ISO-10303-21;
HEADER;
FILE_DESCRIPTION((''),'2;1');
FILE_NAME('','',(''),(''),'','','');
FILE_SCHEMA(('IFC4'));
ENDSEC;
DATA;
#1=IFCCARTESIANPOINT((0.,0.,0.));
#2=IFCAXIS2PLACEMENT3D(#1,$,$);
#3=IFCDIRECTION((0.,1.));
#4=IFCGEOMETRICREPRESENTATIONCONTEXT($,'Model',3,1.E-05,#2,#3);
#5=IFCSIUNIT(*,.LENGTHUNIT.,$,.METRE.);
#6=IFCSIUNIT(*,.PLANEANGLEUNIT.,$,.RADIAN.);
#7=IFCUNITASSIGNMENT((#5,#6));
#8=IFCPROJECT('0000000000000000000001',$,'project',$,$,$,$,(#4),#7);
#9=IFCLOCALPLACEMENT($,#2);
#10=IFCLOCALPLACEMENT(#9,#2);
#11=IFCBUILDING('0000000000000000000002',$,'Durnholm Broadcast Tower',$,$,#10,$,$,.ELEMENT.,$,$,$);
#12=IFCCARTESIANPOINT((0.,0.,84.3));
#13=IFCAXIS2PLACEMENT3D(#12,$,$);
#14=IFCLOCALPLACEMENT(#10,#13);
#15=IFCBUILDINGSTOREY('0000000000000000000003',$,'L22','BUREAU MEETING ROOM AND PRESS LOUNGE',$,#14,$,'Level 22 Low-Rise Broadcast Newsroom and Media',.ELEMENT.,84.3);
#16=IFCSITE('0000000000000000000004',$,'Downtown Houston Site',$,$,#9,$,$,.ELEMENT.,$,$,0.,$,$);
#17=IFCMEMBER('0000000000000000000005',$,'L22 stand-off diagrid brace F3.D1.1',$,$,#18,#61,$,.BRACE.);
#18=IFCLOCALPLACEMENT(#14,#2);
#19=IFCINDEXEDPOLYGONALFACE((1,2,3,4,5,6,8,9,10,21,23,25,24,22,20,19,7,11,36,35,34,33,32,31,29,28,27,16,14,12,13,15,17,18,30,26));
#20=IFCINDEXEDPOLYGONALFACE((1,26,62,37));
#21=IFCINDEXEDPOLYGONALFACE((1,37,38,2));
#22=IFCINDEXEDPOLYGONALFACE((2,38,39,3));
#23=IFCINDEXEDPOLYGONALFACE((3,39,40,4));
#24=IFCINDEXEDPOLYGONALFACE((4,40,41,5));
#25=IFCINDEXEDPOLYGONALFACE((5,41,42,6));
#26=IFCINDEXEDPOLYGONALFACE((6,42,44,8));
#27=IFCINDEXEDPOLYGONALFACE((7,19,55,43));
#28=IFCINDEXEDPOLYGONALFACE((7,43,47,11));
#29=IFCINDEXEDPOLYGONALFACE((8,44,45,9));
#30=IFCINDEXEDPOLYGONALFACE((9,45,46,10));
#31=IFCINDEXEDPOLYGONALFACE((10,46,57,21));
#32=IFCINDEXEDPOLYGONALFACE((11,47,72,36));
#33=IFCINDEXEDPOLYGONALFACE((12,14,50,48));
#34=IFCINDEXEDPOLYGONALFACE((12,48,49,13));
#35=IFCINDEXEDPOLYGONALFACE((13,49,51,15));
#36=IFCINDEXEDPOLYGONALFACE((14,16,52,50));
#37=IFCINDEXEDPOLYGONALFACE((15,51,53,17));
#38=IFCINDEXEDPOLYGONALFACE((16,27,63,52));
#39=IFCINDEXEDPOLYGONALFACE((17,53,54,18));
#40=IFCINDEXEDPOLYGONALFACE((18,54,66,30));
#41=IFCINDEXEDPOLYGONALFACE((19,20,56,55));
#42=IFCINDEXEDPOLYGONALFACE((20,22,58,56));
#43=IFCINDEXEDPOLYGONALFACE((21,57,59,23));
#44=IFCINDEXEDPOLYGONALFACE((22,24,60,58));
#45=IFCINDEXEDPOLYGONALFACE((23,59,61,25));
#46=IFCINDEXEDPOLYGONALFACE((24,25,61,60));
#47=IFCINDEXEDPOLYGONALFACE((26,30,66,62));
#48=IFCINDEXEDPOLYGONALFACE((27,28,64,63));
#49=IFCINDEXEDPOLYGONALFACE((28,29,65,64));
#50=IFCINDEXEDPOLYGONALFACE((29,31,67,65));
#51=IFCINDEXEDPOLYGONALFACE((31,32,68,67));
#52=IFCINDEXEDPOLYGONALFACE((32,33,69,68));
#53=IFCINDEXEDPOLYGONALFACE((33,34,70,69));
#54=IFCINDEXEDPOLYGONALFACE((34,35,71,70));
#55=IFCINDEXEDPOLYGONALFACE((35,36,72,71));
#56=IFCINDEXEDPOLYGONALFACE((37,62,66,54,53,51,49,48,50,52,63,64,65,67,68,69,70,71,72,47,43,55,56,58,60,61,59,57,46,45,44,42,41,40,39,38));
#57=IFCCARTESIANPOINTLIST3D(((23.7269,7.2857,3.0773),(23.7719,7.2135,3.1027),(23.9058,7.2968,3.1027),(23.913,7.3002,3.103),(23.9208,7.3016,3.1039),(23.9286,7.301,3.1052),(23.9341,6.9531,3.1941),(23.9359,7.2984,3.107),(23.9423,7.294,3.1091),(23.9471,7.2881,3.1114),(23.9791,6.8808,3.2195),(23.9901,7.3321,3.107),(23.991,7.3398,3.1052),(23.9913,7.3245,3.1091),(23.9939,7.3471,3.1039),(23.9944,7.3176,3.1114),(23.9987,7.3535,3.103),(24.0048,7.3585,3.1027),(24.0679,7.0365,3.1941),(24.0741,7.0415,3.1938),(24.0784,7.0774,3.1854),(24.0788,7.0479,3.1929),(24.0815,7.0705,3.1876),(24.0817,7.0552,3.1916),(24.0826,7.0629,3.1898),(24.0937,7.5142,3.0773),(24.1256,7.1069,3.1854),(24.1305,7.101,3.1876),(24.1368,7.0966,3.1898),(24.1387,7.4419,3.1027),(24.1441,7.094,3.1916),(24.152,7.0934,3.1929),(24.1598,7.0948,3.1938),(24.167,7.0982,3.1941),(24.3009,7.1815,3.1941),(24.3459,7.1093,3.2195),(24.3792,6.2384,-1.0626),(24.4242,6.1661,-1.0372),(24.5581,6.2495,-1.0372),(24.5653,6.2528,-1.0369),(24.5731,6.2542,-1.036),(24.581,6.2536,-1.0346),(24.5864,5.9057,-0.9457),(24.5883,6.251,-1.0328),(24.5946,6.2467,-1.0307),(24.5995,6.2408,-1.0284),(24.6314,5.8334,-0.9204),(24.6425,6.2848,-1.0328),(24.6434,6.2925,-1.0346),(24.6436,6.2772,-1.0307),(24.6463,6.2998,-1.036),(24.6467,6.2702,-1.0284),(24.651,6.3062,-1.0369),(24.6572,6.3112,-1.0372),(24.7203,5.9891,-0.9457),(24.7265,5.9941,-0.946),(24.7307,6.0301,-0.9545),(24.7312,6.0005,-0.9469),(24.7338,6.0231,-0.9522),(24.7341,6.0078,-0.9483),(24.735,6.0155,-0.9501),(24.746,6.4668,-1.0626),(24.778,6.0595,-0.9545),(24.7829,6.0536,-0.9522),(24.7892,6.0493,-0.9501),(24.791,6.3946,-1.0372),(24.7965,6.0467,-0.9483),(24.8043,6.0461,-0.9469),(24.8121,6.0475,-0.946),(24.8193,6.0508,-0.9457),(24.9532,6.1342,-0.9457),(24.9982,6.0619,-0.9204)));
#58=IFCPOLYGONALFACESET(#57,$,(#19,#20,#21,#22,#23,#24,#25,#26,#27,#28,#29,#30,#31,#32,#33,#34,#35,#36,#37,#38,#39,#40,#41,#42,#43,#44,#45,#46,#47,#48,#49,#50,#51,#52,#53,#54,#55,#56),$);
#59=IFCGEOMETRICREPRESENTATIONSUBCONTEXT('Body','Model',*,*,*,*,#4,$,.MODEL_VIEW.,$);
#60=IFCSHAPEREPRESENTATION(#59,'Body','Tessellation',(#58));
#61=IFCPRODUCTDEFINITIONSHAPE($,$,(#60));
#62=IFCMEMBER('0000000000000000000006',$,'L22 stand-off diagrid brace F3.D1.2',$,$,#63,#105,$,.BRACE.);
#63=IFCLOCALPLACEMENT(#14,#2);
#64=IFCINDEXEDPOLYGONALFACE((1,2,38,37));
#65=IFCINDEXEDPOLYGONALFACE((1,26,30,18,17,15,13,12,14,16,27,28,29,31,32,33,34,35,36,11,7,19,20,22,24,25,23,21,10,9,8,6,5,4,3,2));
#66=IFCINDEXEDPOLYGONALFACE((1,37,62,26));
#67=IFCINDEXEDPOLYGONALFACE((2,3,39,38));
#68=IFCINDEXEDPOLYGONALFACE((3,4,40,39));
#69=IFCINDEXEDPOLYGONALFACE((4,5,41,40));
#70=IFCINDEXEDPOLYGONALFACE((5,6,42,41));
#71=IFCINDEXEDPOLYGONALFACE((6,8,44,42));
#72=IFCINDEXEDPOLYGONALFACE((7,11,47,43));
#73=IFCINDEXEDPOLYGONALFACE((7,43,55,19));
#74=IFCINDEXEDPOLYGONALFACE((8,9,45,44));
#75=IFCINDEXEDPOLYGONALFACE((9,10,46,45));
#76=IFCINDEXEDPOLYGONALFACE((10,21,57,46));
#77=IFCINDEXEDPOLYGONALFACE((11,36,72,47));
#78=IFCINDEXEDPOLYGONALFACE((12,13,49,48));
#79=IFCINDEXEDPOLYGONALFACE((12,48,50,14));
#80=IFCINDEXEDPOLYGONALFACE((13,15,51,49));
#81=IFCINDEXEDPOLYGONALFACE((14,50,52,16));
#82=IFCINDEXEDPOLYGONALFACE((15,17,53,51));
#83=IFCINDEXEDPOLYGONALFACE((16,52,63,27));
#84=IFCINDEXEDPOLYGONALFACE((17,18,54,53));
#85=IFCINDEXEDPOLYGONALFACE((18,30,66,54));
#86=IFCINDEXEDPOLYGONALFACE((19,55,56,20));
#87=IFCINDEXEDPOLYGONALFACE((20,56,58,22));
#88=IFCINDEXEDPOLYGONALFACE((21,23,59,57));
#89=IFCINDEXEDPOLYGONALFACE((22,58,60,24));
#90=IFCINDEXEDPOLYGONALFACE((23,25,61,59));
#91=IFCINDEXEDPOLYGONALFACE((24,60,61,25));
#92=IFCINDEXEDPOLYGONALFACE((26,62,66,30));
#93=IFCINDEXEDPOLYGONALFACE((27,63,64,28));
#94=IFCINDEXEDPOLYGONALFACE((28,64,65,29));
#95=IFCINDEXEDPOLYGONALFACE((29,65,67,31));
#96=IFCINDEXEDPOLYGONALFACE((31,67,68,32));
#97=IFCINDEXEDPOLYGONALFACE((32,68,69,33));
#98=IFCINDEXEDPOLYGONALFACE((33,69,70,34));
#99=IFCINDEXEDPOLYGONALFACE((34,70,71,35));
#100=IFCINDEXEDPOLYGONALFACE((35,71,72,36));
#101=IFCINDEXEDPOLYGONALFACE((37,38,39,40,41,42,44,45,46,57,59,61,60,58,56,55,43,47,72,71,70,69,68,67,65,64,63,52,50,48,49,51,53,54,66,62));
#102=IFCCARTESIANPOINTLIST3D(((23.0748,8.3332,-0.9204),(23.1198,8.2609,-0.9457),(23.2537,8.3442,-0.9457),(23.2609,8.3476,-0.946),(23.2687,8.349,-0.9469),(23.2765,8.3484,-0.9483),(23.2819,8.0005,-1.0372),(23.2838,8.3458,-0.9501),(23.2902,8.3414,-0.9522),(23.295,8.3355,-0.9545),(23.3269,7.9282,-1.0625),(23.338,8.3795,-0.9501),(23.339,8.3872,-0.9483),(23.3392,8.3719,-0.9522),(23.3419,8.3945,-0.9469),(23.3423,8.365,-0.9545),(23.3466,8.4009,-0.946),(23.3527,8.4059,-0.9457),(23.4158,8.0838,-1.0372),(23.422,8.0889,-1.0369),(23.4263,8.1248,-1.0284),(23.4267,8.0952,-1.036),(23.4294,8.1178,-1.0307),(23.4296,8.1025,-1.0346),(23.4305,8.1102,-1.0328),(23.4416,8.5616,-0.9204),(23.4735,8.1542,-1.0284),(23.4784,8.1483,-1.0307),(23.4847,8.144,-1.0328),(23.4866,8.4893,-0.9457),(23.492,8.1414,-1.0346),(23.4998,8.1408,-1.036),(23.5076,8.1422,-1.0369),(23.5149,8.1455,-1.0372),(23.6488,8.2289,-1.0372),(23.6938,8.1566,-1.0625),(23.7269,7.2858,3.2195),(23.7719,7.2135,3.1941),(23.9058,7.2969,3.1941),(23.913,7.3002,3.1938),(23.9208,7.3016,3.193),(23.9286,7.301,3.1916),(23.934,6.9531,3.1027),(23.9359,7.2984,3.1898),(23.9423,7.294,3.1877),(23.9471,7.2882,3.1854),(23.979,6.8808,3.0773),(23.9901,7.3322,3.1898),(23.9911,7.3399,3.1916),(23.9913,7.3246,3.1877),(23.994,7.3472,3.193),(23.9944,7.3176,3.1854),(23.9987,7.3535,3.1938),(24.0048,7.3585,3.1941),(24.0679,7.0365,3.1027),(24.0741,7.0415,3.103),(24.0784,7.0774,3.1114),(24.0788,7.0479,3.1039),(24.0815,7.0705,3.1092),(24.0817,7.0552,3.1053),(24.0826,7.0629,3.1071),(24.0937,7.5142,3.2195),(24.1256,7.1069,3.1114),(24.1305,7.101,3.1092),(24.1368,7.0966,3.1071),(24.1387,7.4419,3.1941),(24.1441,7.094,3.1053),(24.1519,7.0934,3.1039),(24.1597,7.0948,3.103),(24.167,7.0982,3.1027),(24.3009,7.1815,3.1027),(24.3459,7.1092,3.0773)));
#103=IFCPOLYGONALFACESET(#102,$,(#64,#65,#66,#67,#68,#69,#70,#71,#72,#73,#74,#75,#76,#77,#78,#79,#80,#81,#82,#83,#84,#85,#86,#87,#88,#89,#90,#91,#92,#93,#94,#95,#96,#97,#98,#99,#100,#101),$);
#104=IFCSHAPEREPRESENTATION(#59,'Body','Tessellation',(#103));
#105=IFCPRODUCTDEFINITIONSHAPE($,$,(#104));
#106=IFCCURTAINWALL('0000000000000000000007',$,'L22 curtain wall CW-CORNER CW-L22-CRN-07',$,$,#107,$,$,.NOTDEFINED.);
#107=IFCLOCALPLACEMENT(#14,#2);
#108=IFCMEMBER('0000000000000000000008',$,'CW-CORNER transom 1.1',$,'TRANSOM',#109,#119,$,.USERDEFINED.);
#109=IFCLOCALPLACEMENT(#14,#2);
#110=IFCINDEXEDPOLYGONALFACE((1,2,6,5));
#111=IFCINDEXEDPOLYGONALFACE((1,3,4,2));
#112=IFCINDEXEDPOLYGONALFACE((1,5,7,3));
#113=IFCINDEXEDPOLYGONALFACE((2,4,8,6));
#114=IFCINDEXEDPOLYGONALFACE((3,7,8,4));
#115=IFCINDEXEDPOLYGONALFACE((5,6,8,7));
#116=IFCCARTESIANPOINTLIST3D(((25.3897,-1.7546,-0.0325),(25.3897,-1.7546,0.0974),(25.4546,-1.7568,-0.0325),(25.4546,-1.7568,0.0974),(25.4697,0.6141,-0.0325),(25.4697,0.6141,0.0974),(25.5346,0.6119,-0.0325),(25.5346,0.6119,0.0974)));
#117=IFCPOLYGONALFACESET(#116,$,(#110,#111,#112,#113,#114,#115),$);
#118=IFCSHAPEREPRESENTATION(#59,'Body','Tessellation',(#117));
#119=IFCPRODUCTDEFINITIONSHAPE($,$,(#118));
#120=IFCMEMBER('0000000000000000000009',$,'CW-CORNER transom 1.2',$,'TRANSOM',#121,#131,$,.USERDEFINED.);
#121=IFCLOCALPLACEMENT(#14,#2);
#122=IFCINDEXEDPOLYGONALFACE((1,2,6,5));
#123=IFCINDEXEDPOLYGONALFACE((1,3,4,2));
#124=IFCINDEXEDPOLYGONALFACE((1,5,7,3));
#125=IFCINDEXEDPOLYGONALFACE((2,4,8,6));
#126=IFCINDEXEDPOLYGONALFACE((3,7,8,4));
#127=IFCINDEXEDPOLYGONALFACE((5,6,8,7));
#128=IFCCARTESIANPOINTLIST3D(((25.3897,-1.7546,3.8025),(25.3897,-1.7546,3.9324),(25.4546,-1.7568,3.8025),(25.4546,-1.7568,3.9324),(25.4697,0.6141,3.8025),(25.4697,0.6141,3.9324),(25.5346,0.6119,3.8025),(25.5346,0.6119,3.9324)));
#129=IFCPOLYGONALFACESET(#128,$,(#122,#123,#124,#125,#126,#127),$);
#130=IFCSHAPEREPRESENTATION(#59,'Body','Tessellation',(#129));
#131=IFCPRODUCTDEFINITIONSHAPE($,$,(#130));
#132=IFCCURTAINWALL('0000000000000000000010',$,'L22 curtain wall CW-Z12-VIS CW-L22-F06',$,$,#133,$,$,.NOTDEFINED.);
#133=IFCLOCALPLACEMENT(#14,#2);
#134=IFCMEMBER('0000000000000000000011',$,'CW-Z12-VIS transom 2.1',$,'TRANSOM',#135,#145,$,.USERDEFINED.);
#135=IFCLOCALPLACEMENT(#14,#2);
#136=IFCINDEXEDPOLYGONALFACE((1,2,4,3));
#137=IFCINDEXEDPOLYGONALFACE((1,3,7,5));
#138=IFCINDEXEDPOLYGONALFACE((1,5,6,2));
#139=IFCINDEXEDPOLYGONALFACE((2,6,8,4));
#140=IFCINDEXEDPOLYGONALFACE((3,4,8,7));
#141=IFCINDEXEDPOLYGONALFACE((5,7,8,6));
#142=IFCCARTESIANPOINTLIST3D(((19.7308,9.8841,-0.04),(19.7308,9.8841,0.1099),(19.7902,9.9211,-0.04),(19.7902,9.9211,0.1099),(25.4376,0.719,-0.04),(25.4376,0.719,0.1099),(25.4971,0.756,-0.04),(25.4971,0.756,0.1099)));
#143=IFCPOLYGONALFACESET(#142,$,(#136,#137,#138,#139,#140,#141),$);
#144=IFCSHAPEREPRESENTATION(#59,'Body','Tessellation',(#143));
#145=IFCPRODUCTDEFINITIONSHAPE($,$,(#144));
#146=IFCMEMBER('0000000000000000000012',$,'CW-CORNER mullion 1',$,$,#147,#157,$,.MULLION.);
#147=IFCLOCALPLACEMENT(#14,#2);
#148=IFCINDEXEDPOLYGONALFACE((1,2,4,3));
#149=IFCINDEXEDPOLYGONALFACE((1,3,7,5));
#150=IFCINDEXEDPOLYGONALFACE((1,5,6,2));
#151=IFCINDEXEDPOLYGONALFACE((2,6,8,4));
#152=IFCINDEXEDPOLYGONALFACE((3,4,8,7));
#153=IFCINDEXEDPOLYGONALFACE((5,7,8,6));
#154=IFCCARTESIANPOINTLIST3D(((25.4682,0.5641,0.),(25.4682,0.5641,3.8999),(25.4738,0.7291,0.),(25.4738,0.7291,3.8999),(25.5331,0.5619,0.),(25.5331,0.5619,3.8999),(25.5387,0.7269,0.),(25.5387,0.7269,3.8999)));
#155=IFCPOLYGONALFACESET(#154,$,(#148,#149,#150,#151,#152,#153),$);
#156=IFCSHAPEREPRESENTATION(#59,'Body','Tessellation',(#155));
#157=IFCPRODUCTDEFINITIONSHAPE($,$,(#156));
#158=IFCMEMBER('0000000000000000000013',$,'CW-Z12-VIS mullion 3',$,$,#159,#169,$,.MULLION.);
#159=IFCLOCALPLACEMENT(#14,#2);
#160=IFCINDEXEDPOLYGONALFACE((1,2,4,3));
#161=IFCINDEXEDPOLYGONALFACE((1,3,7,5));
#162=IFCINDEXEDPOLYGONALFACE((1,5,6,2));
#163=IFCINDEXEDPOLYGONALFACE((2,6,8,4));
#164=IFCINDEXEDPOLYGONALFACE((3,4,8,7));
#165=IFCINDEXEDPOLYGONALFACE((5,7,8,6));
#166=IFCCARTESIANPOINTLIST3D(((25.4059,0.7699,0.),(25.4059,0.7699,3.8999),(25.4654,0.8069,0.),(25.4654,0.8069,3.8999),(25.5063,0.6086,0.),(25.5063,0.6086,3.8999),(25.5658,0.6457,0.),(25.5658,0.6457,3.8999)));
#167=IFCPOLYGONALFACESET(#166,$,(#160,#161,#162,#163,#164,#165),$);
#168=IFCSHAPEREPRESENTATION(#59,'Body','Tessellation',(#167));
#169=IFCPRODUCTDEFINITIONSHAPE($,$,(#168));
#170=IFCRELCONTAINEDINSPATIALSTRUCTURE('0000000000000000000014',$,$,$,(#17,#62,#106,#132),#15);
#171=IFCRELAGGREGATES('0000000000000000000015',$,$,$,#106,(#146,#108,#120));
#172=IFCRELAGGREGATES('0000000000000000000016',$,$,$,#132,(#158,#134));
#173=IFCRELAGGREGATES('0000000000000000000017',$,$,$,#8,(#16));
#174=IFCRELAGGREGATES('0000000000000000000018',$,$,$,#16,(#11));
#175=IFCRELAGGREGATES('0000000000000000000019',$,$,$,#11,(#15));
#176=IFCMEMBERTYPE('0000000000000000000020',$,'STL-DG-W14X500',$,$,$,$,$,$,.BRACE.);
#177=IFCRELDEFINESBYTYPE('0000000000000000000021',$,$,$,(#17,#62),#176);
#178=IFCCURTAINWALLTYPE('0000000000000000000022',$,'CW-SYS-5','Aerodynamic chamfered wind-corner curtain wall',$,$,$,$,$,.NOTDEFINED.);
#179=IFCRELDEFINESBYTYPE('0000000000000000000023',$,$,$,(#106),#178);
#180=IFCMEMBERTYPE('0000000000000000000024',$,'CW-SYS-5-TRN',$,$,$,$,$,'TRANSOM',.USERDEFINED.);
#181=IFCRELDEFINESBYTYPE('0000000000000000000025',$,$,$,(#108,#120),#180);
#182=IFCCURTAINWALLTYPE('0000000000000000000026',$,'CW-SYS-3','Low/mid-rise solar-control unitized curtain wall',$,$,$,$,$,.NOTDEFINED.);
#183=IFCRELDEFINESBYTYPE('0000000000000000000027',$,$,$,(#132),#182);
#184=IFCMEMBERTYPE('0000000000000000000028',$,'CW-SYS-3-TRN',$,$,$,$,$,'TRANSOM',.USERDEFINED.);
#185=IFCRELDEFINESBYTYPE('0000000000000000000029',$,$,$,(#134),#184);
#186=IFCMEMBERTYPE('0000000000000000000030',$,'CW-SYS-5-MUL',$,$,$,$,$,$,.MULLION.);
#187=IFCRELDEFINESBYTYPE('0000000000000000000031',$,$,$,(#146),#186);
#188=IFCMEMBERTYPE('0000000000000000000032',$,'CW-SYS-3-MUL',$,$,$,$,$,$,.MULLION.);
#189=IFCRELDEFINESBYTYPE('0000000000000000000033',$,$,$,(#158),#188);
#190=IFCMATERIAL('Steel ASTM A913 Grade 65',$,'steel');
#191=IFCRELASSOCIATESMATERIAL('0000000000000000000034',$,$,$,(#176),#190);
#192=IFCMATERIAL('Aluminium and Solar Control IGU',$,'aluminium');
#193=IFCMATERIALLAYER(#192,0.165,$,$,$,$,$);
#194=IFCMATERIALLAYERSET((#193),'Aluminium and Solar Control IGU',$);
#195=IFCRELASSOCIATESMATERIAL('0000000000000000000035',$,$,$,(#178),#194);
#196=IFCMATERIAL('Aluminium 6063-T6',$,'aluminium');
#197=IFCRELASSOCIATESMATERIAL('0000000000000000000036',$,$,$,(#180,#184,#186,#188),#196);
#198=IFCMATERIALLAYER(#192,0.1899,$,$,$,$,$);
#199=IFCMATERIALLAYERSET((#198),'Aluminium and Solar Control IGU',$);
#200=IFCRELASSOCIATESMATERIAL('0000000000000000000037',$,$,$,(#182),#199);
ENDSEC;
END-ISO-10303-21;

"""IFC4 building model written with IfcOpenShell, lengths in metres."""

from ifc_helpers import new_model, si_unit, direction, frame, origin, origin_2d, place, context, subcontext, project, spatial, rectangle, i_section, extrude, source, transform, mapped, material, layer, layer_set, material_profile, profile_set, type_object, type_shapes, element, aggregate, save


model = new_model("IFC4")

# Units and contexts
model_context = context("Model", 3, precision=1e-05, world=origin(), true_north=direction((0.0, 1.0)))
body_context = subcontext(model_context, "Body", "Model", "MODEL_VIEW")
ifc_project = project(units=[si_unit("LENGTHUNIT", "METRE"), si_unit("PLANEANGLEUNIT", "RADIAN")], contexts=[model_context])

# Site, building, storey
site_placement = place(None, origin())
site = spatial("IfcSite", under=ifc_project, at=site_placement, Name="Downtown Houston Site", CompositionType="ELEMENT", RefElevation=0.0)
building_placement = place(site_placement, origin())
building = spatial("IfcBuilding", under=site, at=building_placement, Name="Durnholm Broadcast Tower", CompositionType="ELEMENT")
storey_placement = place(building_placement, frame((0.0, 0.0, 84.3)))
storey = spatial("IfcBuildingStorey", under=building, at=storey_placement, Name="L22", Description="BUREAU MEETING ROOM AND PRESS LOUNGE", LongName="Level 22 Low-Rise Broadcast Newsroom and Media", CompositionType="ELEMENT", Elevation=84.3)

# Members
ifc_material_1 = material(Name="Steel ASTM A913 Grade 65", Category="steel")
ifc_material_profile_1 = material_profile(ifc_material_1, i_section(OverallWidth=0.4321, OverallDepth=0.4978, WebThickness=0.0557, FlangeThickness=0.0889, FilletRadius=0.0305, at=origin_2d()), Name="W14X500")
ifc_profile_set_1 = profile_set([ifc_material_profile_1], Name="Steel ASTM A913 Grade 65")
member_type_1 = type_object("IfcMemberType", Name="STL-DG-W14X500", PredefinedType="BRACE", material=ifc_profile_set_1)
shared_shape_1 = source(origin(), body_context, "Body", "SweptSolid", [
    extrude(i_section(OverallWidth=0.4321, OverallDepth=0.4978, WebThickness=0.0557, FlangeThickness=0.0889, FilletRadius=0.0305, at=origin_2d()), origin(), (0.0, 0.0, 1.0), 4.3198),
])
type_shapes(member_type_1, [shared_shape_1])
for number, where, z_axis, x_axis, name in (
    (1, (24.6887, 6.1501, -0.9915), (-0.15101, 0.242453, 0.958338), (-0.84882, -0.528682, 0.0), "L22 stand-off diagrid brace F3.D1.1"),
    (2, (23.3843, 8.2449, -0.9915), (0.150955, -0.242455, 0.958347), (0.848909, 0.52854, 0.0), "L22 stand-off diagrid brace F3.D1.2"),
):
    element("IfcMember", number, at=place(storey_placement, frame(where, z_axis=z_axis, x_axis=x_axis)), inside=storey, type_object=member_type_1, Name=name, PredefinedType="BRACE", context=body_context, shape_type="MappedRepresentation", body=[
        mapped(shared_shape_1, transform((0.0, 0.0, 0.0), x_axis=(1.0, 0.0, 0.0), y_axis=(0.0, 1.0, 0.0), z_axis=(0.0, 0.0, 1.0), scale=1.0)),
    ])

# Curtain wall, members
ifc_material_2 = material(Name="Aluminium and Solar Control IGU", Category="aluminium")
ifc_layer_1 = layer(ifc_material_2, 0.165)
ifc_layer_set_1 = layer_set([ifc_layer_1], Name="Aluminium and Solar Control IGU")
curtain_wall_type_1 = type_object("IfcCurtainWallType", Name="CW-SYS-5", Description="Aerodynamic chamfered wind-corner curtain wall", PredefinedType="NOTDEFINED", material=ifc_layer_set_1)
curtain_wall_1_placement = place(storey_placement, origin())
curtain_wall_1 = element("IfcCurtainWall", 3, at=curtain_wall_1_placement, inside=storey, type_object=curtain_wall_type_1, Name="L22 curtain wall CW-CORNER CW-L22-CRN-07", PredefinedType="NOTDEFINED")
ifc_material_3 = material(Name="Aluminium 6063-T6", Category="aluminium")
ifc_material_profile_2 = material_profile(ifc_material_3, rectangle(XDim=0.0649, YDim=0.1299, at=origin_2d()), Name="CWT65X130")
ifc_profile_set_2 = profile_set([ifc_material_profile_2], Name="Aluminium 6063-T6")
member_type_2 = type_object("IfcMemberType", Name="CW-SYS-5-TRN", ElementType="TRANSOM", PredefinedType="USERDEFINED", material=ifc_profile_set_2)
shared_shape_2 = source(origin(), body_context, "Body", "SweptSolid", [
    extrude(rectangle(XDim=0.0649, YDim=0.1299, at=origin_2d()), origin(), (0.0, 0.0, 1.0), 2.3701),
])
type_shapes(member_type_2, [shared_shape_2])
member_1_placement = place(storey_placement, frame((25.5022, 0.613, 0.0325), z_axis=(-0.033788, -0.999429, 0.0), x_axis=(0.999429, -0.033788, 0.0)))
member_1 = element("IfcMember", 4, at=member_1_placement, type_object=member_type_2, Name="CW-CORNER transom 1.1", ObjectType="TRANSOM", PredefinedType="USERDEFINED", context=body_context, shape_type="MappedRepresentation", body=[
    mapped(shared_shape_2, transform((0.0, 0.0, 0.0), x_axis=(1.0, 0.0, 0.0), y_axis=(0.0, 1.0, 0.0), z_axis=(0.0, 0.0, 1.0), scale=1.0)),
])
member_2_placement = place(storey_placement, frame((25.5022, 0.613, 3.8674), z_axis=(-0.033788, -0.999429, 0.0), x_axis=(0.999429, -0.033788, 0.0)))
member_2 = element("IfcMember", 5, at=member_2_placement, type_object=member_type_2, Name="CW-CORNER transom 1.2", ObjectType="TRANSOM", PredefinedType="USERDEFINED", context=body_context, shape_type="MappedRepresentation", body=[
    mapped(shared_shape_2, transform((0.0, 0.0, 0.0), x_axis=(1.0, 0.0, 0.0), y_axis=(0.0, 1.0, 0.0), z_axis=(0.0, 0.0, 1.0), scale=1.0)),
])

# Curtain wall, member
ifc_layer_2 = layer(ifc_material_2, 0.1899)
ifc_layer_set_2 = layer_set([ifc_layer_2], Name="Aluminium and Solar Control IGU")
curtain_wall_type_2 = type_object("IfcCurtainWallType", Name="CW-SYS-3", Description="Low/mid-rise solar-control unitized curtain wall", PredefinedType="NOTDEFINED", material=ifc_layer_set_2)
curtain_wall_2_placement = place(storey_placement, origin())
curtain_wall_2 = element("IfcCurtainWall", 6, at=curtain_wall_2_placement, inside=storey, type_object=curtain_wall_type_2, Name="L22 curtain wall CW-Z12-VIS CW-L22-F06", PredefinedType="NOTDEFINED")
ifc_material_profile_3 = material_profile(ifc_material_3, rectangle(XDim=0.0701, YDim=0.1499, at=origin_2d()), Name="CWT70X150")
ifc_profile_set_3 = profile_set([ifc_material_profile_3], Name="Aluminium 6063-T6")
member_type_3 = type_object("IfcMemberType", Name="CW-SYS-3-TRN", ElementType="TRANSOM", PredefinedType="USERDEFINED", material=ifc_profile_set_3)
shared_shape_3 = source(origin(), body_context, "Body", "SweptSolid", [
    extrude(rectangle(XDim=0.0701, YDim=0.1499, at=origin_2d()), origin(), (0.0, 0.0, 1.0), 10.7966),
])
type_shapes(member_type_3, [shared_shape_3])
member_3_placement = place(storey_placement, frame((19.7605, 9.9026, 0.0349), z_axis=(0.528575, -0.848886, 0.0), x_axis=(0.848886, 0.528575, 0.0)))
member_3 = element("IfcMember", 7, at=member_3_placement, type_object=member_type_3, Name="CW-Z12-VIS transom 2.1", ObjectType="TRANSOM", PredefinedType="USERDEFINED", context=body_context, shape_type="MappedRepresentation", body=[
    mapped(shared_shape_3, transform((0.0, 0.0, 0.0), x_axis=(1.0, 0.0, 0.0), y_axis=(0.0, 1.0, 0.0), z_axis=(0.0, 0.0, 1.0), scale=1.0)),
])

# Members
ifc_material_profile_4 = material_profile(ifc_material_3, rectangle(XDim=0.0649, YDim=0.165, at=origin_2d()), Name="CWM65X165")
ifc_profile_set_4 = profile_set([ifc_material_profile_4], Name="Aluminium 6063-T6")
member_type_4 = type_object("IfcMemberType", Name="CW-SYS-5-MUL", PredefinedType="MULLION", material=ifc_profile_set_4)
shared_shape_4 = source(origin(), body_context, "Body", "SweptSolid", [
    extrude(rectangle(XDim=0.0649, YDim=0.165, at=origin_2d()), origin(), (0.0, 0.0, 1.0), 3.8999),
])
type_shapes(member_type_4, [shared_shape_4])
member_4_placement = place(storey_placement, frame((25.5034, 0.6455, 0.0), z_axis=(0.0, 0.0, 1.0), x_axis=(0.999427, -0.03384, 0.0)))
member_4 = element("IfcMember", 8, at=member_4_placement, type_object=member_type_4, Name="CW-CORNER mullion 1", PredefinedType="MULLION", context=body_context, shape_type="MappedRepresentation", body=[
    mapped(shared_shape_4, transform((0.0, 0.0, 0.0), x_axis=(1.0, 0.0, 0.0), y_axis=(0.0, 1.0, 0.0), z_axis=(0.0, 0.0, 1.0), scale=1.0)),
])
aggregate(curtain_wall_1, [member_4, member_1, member_2])
ifc_material_profile_5 = material_profile(ifc_material_3, rectangle(XDim=0.0701, YDim=0.1899, at=origin_2d()), Name="CWM70X190")
ifc_profile_set_5 = profile_set([ifc_material_profile_5], Name="Aluminium 6063-T6")
member_type_5 = type_object("IfcMemberType", Name="CW-SYS-3-MUL", PredefinedType="MULLION", material=ifc_profile_set_5)
shared_shape_5 = source(origin(), body_context, "Body", "SweptSolid", [
    extrude(rectangle(XDim=0.0701, YDim=0.1899, at=origin_2d()), origin(), (0.0, 0.0, 1.0), 3.8999),
])
type_shapes(member_type_5, [shared_shape_5])
member_5_placement = place(storey_placement, frame((25.4858, 0.7078, 0.0), z_axis=(0.0, 0.0, 1.0), x_axis=(0.848876, 0.528592, 0.0)))
member_5 = element("IfcMember", 9, at=member_5_placement, type_object=member_type_5, Name="CW-Z12-VIS mullion 3", PredefinedType="MULLION", context=body_context, shape_type="MappedRepresentation", body=[
    mapped(shared_shape_5, transform((0.0, 0.0, 0.0), x_axis=(1.0, 0.0, 0.0), y_axis=(0.0, 1.0, 0.0), z_axis=(0.0, 0.0, 1.0), scale=1.0)),
])

aggregate(curtain_wall_2, [member_5, member_3])

save(model, "model.ifc")
